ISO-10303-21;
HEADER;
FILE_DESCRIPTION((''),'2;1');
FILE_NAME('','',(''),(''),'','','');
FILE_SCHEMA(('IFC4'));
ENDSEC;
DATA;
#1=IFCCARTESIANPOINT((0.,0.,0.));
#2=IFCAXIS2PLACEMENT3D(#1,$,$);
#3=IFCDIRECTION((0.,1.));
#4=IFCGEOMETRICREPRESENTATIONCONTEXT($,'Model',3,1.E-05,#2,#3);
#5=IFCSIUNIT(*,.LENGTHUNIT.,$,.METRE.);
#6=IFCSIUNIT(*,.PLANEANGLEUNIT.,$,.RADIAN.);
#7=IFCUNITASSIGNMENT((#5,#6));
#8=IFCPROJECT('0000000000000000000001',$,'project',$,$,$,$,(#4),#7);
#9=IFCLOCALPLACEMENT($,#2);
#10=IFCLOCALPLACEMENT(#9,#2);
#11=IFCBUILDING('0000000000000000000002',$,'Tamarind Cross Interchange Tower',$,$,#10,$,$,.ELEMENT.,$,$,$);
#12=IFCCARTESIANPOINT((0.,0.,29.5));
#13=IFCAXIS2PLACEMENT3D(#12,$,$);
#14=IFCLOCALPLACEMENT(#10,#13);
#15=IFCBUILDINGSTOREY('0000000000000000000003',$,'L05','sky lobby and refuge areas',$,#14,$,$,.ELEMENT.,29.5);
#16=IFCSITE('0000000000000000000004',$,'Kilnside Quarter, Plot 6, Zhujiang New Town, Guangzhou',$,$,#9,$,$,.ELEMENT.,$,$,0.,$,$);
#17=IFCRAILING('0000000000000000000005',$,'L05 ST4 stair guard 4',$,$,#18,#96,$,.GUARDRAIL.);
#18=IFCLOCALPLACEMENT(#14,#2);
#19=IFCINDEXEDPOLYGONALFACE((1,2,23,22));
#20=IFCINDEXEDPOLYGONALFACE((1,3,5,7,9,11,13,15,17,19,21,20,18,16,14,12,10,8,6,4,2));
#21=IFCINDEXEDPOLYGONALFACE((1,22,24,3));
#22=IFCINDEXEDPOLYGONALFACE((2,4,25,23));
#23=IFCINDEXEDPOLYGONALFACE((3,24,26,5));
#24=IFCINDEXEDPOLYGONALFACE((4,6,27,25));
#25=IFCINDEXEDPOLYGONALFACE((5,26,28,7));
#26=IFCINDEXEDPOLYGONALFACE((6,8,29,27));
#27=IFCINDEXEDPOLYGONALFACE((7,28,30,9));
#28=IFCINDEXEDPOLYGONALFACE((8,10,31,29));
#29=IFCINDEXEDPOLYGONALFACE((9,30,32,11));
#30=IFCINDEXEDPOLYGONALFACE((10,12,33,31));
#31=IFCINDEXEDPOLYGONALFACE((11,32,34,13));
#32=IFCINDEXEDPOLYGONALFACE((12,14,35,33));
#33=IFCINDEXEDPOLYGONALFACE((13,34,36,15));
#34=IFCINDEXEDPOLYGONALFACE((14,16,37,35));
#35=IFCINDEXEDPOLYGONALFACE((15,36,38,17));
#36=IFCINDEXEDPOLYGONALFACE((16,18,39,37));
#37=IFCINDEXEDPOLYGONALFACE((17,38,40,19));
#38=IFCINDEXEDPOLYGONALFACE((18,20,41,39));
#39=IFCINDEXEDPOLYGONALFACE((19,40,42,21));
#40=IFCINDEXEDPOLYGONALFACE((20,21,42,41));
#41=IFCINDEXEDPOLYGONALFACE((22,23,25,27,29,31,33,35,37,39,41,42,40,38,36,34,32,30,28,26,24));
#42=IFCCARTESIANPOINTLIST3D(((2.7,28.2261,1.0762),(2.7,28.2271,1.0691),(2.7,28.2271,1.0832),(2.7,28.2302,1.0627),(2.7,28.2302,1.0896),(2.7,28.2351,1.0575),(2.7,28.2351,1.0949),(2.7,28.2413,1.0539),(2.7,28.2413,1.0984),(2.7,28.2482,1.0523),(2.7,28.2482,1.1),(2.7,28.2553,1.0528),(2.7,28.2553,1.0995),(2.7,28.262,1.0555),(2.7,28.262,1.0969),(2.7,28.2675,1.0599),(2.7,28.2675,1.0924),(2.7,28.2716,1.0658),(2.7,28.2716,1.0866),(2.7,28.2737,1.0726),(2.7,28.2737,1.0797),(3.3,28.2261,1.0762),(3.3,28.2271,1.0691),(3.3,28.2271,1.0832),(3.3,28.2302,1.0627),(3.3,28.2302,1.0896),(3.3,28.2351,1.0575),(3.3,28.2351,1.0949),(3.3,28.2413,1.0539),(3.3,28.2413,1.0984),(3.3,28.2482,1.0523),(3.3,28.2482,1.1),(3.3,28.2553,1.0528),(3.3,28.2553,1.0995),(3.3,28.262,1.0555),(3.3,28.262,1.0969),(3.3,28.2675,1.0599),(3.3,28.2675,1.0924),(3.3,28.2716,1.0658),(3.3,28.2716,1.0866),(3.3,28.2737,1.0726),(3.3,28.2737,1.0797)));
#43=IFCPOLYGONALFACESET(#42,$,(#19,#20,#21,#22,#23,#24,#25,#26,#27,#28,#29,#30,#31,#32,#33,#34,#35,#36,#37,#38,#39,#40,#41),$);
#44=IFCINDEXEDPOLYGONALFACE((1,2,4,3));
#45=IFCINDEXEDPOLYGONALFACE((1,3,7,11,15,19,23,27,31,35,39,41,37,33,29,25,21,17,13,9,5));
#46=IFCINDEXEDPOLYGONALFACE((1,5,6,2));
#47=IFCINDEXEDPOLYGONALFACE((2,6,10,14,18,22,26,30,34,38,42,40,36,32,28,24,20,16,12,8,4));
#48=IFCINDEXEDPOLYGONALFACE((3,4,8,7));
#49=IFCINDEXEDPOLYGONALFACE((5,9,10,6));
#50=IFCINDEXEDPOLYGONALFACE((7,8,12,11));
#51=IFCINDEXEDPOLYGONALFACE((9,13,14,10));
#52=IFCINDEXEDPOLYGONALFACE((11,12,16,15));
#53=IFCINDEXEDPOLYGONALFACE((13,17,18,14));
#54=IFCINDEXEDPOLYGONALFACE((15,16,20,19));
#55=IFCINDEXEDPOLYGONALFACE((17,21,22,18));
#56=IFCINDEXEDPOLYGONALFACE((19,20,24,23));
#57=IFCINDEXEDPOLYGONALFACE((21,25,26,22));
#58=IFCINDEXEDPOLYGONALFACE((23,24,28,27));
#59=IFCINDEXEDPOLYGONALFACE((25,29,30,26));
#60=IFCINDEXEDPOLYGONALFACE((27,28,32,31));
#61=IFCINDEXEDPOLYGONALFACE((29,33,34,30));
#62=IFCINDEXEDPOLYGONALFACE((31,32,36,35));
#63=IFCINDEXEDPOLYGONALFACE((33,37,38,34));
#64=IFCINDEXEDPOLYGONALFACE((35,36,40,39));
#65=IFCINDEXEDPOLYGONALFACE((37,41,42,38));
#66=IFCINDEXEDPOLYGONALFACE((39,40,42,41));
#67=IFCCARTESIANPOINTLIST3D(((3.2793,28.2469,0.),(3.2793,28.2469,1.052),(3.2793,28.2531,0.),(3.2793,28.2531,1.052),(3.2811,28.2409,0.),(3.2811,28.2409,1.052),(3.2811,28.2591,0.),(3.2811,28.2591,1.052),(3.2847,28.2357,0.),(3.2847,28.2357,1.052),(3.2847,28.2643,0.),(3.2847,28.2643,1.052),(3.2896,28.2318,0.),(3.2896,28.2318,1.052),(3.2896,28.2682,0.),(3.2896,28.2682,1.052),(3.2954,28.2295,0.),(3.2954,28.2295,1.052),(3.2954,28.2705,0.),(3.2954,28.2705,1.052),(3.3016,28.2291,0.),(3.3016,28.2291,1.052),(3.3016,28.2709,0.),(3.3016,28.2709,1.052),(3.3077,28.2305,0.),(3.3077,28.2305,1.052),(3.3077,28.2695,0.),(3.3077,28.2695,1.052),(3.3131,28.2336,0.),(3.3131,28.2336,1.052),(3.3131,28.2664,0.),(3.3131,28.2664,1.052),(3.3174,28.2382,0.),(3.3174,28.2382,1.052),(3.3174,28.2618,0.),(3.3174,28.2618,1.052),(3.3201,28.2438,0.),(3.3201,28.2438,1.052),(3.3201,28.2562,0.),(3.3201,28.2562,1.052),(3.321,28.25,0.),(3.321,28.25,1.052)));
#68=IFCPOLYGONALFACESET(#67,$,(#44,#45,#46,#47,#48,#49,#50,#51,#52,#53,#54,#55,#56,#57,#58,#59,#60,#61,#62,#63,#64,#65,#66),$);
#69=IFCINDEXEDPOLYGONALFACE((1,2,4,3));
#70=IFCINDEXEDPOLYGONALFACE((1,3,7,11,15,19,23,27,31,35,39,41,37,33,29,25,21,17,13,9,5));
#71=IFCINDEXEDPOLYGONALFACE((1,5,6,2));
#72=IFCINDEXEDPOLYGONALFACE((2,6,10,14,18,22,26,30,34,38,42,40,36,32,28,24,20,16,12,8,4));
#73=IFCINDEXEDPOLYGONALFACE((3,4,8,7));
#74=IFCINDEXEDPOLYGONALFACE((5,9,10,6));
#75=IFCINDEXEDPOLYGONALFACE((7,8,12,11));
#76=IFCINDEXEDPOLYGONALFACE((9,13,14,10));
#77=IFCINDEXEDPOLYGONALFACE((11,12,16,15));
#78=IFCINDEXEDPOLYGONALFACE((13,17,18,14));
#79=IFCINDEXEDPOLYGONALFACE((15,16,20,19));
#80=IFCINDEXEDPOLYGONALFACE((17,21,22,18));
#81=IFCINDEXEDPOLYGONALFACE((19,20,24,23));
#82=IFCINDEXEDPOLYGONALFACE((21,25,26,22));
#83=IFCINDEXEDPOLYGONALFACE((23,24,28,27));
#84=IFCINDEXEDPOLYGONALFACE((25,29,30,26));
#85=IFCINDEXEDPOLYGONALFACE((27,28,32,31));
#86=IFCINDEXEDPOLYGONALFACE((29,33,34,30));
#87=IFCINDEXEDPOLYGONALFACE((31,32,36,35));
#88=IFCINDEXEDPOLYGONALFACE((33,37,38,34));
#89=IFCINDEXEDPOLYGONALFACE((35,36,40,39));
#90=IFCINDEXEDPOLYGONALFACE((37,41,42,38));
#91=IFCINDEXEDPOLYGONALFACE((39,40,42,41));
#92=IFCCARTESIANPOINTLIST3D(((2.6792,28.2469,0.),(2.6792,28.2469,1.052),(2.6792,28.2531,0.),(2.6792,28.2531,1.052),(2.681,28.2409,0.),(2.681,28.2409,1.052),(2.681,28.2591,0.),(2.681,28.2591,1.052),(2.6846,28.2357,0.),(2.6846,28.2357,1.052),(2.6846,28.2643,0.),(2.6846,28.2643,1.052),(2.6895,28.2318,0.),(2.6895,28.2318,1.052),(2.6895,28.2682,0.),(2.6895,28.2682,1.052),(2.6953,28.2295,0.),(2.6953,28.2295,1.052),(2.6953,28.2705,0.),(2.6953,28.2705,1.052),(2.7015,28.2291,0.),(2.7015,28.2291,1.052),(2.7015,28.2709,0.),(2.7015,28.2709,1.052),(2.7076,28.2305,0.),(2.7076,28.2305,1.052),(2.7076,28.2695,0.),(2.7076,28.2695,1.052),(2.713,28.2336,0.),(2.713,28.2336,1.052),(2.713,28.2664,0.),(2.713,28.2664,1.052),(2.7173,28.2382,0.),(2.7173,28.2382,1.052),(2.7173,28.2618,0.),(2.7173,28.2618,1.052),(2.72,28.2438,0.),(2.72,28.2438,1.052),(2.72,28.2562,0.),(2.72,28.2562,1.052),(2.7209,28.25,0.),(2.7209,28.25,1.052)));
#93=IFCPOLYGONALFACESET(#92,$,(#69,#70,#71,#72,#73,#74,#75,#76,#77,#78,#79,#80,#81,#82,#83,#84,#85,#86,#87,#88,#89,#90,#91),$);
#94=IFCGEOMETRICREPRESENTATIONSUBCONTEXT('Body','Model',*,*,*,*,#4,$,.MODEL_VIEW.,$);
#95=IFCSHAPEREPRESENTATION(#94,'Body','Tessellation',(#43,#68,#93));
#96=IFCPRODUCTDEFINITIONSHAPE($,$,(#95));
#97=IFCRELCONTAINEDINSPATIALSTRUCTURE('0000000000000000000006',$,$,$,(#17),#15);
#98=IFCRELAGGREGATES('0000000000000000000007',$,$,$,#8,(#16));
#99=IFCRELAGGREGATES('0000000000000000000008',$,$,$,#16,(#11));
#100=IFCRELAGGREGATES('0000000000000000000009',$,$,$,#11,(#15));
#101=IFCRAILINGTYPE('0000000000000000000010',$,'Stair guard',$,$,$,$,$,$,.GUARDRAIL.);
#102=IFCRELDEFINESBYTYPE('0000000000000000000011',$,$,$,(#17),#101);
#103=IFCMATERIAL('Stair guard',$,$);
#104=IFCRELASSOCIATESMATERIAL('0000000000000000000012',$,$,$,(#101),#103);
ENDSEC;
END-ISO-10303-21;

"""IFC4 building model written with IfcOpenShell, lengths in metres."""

from ifc_helpers import new_model, si_unit, direction, frame, origin, origin_2d, place, context, subcontext, project, spatial, circle, extrude, material, type_object, element, save


model = new_model("IFC4")

# Units and contexts
model_context = context("Model", 3, precision=1e-05, world=origin(), true_north=direction((0.0, 1.0)))
body_context = subcontext(model_context, "Body", "Model", "MODEL_VIEW")
ifc_project = project(units=[si_unit("LENGTHUNIT", "METRE"), si_unit("PLANEANGLEUNIT", "RADIAN")], contexts=[model_context])

# Site, building, storey
site_placement = place(None, origin())
site = spatial("IfcSite", under=ifc_project, at=site_placement, Name="Kilnside Quarter, Plot 6, Zhujiang New Town, Guangzhou", CompositionType="ELEMENT", RefElevation=0.0)
building_placement = place(site_placement, origin())
building = spatial("IfcBuilding", under=site, at=building_placement, Name="Tamarind Cross Interchange Tower", CompositionType="ELEMENT")
storey_placement = place(building_placement, frame((0.0, 0.0, 29.5)))
storey = spatial("IfcBuildingStorey", under=building, at=storey_placement, Name="L05", Description="sky lobby and refuge areas", CompositionType="ELEMENT", Elevation=29.5)

# Railing
ifc_material_1 = material(Name="Stair guard")
railing_type_1 = type_object("IfcRailingType", Name="Stair guard", PredefinedType="GUARDRAIL", material=ifc_material_1)
railing_1_placement = place(storey_placement, frame((3.3, 28.25, 0.0)))
element("IfcRailing", 1, at=railing_1_placement, inside=storey, type_object=railing_type_1, Name="L05 ST4 stair guard 4", PredefinedType="GUARDRAIL", context=body_context, shape_type="SweptSolid", body=[
    extrude(circle(Radius=0.0239, at=origin_2d()), frame((0.0, 0.0, 1.0762), z_axis=(-1.0, 0.0, 0.0), x_axis=(0.0, -1.0, 0.0)), (0.0, 0.0, 1.0), 0.6001),
    extrude(circle(Radius=0.021, at=origin_2d()), origin(), (0.0, 0.0, 1.0), 1.052),
    extrude(circle(Radius=0.021, at=origin_2d()), frame((-0.6001, 0.0, 0.0)), (0.0, 0.0, 1.0), 1.052),
])

save(model, "model.ifc")
